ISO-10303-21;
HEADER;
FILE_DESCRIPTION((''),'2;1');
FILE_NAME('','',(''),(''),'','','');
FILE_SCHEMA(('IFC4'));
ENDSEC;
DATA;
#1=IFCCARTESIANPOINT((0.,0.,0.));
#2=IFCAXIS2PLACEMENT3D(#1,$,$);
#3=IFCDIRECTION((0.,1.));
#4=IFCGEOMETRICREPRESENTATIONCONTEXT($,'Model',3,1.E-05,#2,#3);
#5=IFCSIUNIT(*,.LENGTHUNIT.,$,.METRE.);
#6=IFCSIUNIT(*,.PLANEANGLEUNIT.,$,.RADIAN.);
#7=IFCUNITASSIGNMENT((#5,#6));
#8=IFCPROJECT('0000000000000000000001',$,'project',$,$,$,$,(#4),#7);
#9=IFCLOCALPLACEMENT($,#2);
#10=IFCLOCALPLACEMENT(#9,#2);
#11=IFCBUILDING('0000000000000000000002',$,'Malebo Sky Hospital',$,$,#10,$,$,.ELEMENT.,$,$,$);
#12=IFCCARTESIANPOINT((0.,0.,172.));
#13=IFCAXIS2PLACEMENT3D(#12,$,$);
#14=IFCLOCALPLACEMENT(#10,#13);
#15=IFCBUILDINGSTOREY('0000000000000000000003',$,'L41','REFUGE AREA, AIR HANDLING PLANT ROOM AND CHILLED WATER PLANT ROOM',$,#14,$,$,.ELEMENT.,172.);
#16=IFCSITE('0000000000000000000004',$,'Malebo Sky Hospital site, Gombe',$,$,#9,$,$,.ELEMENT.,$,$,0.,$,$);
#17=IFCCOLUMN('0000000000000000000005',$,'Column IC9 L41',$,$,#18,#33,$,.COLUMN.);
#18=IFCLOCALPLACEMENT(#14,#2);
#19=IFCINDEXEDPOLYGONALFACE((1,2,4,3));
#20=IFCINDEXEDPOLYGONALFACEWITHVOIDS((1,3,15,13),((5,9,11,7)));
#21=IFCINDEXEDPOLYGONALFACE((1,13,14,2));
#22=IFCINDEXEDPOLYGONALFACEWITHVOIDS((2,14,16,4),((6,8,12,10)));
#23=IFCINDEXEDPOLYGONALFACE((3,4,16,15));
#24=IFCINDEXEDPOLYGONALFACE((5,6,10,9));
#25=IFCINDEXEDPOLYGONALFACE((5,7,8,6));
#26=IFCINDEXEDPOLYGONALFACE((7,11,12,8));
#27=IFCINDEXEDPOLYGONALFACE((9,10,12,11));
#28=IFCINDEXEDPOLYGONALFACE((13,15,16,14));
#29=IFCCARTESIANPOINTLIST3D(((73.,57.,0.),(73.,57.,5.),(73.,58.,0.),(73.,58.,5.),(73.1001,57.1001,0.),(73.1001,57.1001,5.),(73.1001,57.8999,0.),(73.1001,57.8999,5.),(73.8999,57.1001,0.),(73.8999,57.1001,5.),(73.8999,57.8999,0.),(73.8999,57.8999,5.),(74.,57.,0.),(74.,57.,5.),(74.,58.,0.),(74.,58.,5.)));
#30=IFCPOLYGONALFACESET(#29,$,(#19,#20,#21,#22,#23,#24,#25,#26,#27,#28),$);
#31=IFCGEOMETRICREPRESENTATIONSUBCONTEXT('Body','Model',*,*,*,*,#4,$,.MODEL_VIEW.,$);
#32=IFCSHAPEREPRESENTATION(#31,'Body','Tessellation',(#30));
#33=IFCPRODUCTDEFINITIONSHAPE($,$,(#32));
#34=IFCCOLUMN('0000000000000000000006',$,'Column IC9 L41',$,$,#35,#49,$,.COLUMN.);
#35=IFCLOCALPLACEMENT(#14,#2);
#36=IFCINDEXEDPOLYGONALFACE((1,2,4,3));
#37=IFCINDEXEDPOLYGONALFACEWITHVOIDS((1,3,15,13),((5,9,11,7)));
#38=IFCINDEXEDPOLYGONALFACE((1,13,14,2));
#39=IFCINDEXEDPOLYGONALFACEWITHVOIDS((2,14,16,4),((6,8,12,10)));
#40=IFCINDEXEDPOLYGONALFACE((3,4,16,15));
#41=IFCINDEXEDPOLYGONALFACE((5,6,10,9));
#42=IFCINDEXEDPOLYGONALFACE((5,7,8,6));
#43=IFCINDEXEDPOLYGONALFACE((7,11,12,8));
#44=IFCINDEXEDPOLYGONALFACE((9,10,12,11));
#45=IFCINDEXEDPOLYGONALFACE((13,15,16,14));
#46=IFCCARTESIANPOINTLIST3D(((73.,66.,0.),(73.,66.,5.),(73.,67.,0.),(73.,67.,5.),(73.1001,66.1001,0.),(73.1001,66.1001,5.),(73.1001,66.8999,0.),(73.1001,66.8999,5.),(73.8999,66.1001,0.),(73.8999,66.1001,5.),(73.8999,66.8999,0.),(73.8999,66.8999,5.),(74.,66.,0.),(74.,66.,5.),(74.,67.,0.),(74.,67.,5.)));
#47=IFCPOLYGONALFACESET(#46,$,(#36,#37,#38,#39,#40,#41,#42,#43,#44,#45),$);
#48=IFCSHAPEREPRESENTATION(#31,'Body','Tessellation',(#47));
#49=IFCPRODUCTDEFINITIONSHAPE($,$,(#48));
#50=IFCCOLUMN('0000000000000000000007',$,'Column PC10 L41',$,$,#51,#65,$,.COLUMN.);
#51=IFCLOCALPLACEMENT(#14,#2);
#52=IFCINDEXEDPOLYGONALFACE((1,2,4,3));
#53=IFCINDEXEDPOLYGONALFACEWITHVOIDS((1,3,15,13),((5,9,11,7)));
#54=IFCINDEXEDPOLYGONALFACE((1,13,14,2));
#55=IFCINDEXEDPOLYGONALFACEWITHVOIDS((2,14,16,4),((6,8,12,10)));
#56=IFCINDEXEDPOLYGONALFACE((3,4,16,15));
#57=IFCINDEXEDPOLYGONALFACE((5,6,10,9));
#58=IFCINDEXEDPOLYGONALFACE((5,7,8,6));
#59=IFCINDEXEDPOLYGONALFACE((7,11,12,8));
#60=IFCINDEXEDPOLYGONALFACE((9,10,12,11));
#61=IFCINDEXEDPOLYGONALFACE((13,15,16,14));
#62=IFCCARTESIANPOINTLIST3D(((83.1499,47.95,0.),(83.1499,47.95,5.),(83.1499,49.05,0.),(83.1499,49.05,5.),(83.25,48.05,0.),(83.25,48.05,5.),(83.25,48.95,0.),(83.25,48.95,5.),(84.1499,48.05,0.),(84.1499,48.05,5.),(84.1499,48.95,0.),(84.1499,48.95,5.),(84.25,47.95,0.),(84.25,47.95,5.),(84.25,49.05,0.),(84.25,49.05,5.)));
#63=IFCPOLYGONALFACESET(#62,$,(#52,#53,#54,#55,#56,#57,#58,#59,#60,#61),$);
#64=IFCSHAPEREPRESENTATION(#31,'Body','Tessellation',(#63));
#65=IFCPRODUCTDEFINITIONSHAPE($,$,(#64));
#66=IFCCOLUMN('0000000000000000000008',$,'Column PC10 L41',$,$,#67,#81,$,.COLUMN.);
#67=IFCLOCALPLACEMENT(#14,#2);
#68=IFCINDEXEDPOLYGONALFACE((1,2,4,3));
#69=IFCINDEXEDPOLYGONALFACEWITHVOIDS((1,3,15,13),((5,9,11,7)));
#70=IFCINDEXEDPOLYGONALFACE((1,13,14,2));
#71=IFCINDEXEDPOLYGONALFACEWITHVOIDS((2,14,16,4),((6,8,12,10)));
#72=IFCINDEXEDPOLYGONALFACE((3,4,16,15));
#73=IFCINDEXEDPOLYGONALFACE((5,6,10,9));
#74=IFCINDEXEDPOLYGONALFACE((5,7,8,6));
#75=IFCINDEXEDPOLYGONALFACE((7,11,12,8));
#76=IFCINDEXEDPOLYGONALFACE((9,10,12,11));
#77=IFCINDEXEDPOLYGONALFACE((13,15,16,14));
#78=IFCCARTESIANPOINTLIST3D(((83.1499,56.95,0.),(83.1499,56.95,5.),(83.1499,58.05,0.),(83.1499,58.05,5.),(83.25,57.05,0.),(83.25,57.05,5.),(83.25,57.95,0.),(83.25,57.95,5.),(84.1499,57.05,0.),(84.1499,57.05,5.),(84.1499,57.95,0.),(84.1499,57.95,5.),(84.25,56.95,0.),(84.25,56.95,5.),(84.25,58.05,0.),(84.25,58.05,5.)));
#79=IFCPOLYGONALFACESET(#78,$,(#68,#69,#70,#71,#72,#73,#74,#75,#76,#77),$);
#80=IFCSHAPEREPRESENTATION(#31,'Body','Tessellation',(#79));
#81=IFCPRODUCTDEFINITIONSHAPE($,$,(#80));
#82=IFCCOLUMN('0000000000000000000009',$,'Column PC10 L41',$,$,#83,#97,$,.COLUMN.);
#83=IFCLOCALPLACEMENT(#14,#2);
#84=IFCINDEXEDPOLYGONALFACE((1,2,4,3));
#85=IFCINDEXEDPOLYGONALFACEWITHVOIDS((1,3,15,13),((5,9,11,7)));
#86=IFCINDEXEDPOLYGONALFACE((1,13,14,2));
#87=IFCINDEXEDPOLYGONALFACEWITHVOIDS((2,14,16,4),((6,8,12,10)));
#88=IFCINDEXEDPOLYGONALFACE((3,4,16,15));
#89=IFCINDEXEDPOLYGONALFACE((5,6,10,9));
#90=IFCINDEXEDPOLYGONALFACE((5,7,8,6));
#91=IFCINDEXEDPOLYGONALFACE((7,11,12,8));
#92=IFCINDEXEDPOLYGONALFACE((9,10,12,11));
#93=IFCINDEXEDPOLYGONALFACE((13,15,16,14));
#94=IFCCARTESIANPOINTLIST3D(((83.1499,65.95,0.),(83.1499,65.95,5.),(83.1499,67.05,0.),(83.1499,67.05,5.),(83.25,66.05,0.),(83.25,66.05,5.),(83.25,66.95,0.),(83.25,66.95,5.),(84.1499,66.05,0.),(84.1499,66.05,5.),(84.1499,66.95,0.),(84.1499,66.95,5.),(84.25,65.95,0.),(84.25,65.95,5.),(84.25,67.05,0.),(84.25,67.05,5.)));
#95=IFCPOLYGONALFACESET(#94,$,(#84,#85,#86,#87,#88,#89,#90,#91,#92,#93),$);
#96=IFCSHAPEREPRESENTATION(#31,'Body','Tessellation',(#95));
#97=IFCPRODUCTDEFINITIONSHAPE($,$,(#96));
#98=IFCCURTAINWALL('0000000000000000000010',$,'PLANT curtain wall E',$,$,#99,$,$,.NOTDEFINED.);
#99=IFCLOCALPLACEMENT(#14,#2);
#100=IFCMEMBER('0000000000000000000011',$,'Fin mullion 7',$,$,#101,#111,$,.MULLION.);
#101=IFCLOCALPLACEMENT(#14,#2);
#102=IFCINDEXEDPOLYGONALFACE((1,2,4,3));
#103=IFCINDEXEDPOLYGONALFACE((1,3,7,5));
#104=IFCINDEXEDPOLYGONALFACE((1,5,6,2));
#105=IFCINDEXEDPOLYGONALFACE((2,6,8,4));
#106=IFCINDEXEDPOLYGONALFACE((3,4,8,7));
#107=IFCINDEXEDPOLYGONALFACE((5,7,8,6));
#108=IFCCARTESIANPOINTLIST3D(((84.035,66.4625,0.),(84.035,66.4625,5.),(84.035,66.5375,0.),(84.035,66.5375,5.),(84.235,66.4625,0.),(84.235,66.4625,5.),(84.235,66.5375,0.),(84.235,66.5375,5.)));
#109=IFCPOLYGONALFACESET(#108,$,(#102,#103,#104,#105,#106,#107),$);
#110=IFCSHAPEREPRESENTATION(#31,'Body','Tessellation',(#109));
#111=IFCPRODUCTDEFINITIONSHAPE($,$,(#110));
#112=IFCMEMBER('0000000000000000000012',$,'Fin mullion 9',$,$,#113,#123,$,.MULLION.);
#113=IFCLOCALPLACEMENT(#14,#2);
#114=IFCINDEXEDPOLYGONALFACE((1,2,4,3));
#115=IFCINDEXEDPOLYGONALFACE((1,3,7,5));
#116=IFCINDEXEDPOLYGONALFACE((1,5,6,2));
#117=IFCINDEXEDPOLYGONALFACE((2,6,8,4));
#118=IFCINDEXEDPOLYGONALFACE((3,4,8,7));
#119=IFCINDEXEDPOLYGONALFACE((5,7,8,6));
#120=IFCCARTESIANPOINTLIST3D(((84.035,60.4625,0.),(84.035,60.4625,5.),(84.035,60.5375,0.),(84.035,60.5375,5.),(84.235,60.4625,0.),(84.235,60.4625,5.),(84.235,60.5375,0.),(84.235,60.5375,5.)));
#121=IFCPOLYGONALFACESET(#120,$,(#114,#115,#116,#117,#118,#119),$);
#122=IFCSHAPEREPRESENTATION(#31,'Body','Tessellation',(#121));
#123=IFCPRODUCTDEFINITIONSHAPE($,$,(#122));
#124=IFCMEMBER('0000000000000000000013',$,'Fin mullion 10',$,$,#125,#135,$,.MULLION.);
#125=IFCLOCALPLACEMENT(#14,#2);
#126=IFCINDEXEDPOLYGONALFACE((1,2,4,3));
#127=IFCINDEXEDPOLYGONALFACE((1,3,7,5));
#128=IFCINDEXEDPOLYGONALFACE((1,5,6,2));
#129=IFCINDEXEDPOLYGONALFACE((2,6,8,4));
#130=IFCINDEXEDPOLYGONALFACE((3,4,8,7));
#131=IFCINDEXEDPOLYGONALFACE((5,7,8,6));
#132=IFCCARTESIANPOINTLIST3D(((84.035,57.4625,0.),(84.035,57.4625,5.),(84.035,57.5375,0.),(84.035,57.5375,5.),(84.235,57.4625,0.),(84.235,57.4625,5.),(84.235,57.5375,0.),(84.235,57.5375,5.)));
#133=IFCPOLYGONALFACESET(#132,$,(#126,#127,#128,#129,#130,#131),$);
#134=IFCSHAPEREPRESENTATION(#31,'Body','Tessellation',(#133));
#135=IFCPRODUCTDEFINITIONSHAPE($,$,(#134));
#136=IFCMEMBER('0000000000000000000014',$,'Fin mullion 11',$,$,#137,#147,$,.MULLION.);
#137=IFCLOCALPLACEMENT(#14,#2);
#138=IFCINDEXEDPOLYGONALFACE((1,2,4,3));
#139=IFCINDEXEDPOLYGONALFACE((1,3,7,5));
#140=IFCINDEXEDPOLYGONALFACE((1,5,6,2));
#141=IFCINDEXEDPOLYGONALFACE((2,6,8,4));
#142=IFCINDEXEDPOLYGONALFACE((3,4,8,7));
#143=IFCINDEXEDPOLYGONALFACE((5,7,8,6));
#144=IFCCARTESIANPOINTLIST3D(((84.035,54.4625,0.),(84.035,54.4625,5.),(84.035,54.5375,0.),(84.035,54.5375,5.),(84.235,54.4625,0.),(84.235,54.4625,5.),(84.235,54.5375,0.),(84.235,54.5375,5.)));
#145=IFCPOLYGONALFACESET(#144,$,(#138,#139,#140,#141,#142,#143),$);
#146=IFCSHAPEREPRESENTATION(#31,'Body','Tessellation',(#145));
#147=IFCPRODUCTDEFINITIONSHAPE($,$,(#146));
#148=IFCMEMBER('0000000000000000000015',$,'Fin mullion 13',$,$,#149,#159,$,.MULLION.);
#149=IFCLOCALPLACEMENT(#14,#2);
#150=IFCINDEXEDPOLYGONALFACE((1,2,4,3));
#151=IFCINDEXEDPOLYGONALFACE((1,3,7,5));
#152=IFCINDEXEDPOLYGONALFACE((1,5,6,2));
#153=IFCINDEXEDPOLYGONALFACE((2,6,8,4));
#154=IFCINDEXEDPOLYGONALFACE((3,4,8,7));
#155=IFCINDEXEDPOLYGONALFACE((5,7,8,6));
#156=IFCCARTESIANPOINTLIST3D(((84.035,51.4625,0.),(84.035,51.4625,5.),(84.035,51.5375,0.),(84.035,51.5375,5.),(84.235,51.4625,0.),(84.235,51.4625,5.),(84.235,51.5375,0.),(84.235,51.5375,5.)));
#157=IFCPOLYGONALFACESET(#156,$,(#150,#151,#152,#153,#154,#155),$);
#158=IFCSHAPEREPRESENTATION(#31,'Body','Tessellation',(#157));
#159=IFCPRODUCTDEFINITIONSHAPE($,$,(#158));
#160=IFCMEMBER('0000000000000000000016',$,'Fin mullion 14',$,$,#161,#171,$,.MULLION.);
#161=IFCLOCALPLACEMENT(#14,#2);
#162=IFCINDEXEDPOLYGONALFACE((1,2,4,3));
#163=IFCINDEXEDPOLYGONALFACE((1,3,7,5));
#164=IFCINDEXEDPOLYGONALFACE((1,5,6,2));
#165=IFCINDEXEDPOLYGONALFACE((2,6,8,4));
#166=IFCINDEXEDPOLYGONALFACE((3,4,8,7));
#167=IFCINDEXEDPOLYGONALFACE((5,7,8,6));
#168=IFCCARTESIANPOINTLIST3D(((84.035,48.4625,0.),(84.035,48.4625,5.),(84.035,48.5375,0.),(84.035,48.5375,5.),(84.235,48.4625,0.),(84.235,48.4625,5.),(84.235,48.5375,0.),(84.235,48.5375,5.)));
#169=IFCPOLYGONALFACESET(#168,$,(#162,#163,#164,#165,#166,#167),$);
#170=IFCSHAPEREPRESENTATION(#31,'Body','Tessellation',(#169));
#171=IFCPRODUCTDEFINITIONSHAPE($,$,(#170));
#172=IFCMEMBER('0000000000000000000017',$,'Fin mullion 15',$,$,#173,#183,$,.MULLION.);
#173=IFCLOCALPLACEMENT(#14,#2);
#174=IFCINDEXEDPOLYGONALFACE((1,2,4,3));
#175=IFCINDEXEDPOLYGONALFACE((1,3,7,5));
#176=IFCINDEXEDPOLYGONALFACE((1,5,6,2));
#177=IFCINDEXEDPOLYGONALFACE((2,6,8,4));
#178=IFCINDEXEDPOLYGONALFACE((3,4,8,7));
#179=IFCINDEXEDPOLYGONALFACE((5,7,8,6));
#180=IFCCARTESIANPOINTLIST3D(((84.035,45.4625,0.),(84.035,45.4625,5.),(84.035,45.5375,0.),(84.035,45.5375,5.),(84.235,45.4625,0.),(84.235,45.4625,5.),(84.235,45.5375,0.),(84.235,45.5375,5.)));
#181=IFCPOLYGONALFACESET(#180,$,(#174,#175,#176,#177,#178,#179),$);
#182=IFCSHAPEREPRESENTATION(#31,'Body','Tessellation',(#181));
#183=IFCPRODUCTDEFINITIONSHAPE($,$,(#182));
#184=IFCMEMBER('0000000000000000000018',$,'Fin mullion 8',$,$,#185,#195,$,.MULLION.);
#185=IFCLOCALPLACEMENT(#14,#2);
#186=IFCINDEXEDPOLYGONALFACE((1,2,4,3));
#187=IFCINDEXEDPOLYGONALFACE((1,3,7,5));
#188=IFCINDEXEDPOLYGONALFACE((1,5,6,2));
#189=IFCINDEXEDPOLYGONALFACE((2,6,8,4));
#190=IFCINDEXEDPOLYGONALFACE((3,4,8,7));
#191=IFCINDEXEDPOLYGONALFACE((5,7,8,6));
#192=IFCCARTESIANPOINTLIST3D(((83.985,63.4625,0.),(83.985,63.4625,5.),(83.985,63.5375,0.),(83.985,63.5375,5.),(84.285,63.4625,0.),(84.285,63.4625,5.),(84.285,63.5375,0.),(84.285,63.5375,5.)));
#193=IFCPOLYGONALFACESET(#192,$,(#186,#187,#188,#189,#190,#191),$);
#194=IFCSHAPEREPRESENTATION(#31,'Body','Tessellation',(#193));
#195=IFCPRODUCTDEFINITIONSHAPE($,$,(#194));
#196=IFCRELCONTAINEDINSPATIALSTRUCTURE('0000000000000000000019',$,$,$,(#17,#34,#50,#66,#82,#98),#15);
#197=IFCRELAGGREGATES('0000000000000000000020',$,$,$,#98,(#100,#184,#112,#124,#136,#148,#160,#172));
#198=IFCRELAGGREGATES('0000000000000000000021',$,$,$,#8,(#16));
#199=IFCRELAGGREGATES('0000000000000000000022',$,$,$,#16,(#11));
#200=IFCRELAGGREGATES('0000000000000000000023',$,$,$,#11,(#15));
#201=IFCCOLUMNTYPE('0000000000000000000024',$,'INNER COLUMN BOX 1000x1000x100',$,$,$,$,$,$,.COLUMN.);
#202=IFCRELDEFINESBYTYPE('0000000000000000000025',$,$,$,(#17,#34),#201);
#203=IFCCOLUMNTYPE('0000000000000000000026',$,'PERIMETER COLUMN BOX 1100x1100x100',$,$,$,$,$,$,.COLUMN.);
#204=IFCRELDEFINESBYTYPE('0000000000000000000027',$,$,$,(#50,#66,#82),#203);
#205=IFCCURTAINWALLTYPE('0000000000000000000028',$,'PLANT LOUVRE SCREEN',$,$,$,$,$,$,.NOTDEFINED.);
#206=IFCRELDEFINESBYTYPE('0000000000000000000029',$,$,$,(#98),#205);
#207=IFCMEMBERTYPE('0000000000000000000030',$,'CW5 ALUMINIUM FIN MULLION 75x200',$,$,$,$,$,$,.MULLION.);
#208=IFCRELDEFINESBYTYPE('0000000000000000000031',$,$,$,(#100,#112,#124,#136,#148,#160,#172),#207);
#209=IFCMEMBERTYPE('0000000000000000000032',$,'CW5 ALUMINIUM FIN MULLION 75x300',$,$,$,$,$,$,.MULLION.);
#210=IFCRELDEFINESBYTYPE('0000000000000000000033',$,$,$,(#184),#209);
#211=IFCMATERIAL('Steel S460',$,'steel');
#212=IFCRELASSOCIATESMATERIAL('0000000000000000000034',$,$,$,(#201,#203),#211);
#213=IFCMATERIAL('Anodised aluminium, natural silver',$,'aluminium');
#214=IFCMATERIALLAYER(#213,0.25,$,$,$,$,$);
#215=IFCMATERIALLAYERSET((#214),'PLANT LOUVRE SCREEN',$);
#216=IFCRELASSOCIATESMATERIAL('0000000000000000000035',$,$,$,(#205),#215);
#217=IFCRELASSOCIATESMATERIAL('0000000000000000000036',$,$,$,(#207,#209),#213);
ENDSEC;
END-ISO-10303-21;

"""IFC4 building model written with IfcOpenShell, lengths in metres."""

from ifc_helpers import new_model, si_unit, direction, frame, origin, origin_2d, place, context, subcontext, project, spatial, rectangle, hollow_rectangle, extrude, material, layer, layer_set, material_profile, profile_set, type_object, element, aggregate, save


model = new_model("IFC4")

# Units and contexts
model_context = context("Model", 3, precision=1e-05, world=origin(), true_north=direction((0.0, 1.0)))
body_context = subcontext(model_context, "Body", "Model", "MODEL_VIEW")
ifc_project = project(units=[si_unit("LENGTHUNIT", "METRE"), si_unit("PLANEANGLEUNIT", "RADIAN")], contexts=[model_context])

# Site, building, storey
site_placement = place(None, origin())
site = spatial("IfcSite", under=ifc_project, at=site_placement, Name="Malebo Sky Hospital site, Gombe", CompositionType="ELEMENT", RefElevation=0.0)
building_placement = place(site_placement, origin())
building = spatial("IfcBuilding", under=site, at=building_placement, Name="Malebo Sky Hospital", CompositionType="ELEMENT")
storey_placement = place(building_placement, frame((0.0, 0.0, 172.0)))
storey = spatial("IfcBuildingStorey", under=building, at=storey_placement, Name="L41", Description="REFUGE AREA, AIR HANDLING PLANT ROOM AND CHILLED WATER PLANT ROOM", CompositionType="ELEMENT", Elevation=172.0)

# Columns
ifc_material_1 = material(Name="Steel S460", Category="steel")
ifc_material_profile_1 = material_profile(ifc_material_1, hollow_rectangle(XDim=1.0, YDim=1.0, WallThickness=0.1001, at=origin_2d()), Name="BOX 1000x1000x100")
ifc_profile_set_1 = profile_set([ifc_material_profile_1], Name="Steel S460")
column_type_1 = type_object("IfcColumnType", Name="INNER COLUMN BOX 1000x1000x100", PredefinedType="COLUMN", material=ifc_profile_set_1)
for number, where, z_axis, x_axis, name in (
    (1, (73.5, 57.5, 0.0), (0.0, 0.0, 1.0), (1.0, 0.0, 0.0), "Column IC9 L41"),
    (2, (73.5, 66.5, 0.0), (0.0, 0.0, 1.0), (1.0, 0.0, 0.0), "Column IC9 L41"),
):
    element("IfcColumn", number, at=place(storey_placement, frame(where, z_axis=z_axis, x_axis=x_axis)), inside=storey, type_object=column_type_1, Name=name, PredefinedType="COLUMN", context=body_context, shape_type="SweptSolid", body=[
        extrude(hollow_rectangle(XDim=1.0, YDim=1.0, WallThickness=0.1001, at=origin_2d()), origin(), (0.0, 0.0, 1.0), 5.0),
    ])
ifc_material_profile_2 = material_profile(ifc_material_1, hollow_rectangle(XDim=1.1001, YDim=1.1001, WallThickness=0.1001, at=origin_2d()), Name="BOX 1100x1100x100")
ifc_profile_set_2 = profile_set([ifc_material_profile_2], Name="Steel S460")
column_type_2 = type_object("IfcColumnType", Name="PERIMETER COLUMN BOX 1100x1100x100", PredefinedType="COLUMN", material=ifc_profile_set_2)
for number, where, z_axis, x_axis, name in (
    (3, (83.7, 48.5, 0.0), (0.0, 0.0, 1.0), (1.0, 0.0, 0.0), "Column PC10 L41"),
    (4, (83.7, 57.5, 0.0), (0.0, 0.0, 1.0), (1.0, 0.0, 0.0), "Column PC10 L41"),
    (5, (83.7, 66.5, 0.0), (0.0, 0.0, 1.0), (1.0, 0.0, 0.0), "Column PC10 L41"),
):
    element("IfcColumn", number, at=place(storey_placement, frame(where, z_axis=z_axis, x_axis=x_axis)), inside=storey, type_object=column_type_2, Name=name, PredefinedType="COLUMN", context=body_context, shape_type="SweptSolid", body=[
        extrude(hollow_rectangle(XDim=1.1001, YDim=1.1001, WallThickness=0.1001, at=origin_2d()), origin(), (0.0, 0.0, 1.0), 5.0),
    ])

# Curtain wall, members
ifc_material_2 = material(Name="Anodised aluminium, natural silver", Category="aluminium")
ifc_layer_1 = layer(ifc_material_2, 0.25)
ifc_layer_set_1 = layer_set([ifc_layer_1], Name="PLANT LOUVRE SCREEN")
curtain_wall_type = type_object("IfcCurtainWallType", Name="PLANT LOUVRE SCREEN", PredefinedType="NOTDEFINED", material=ifc_layer_set_1)
curtain_wall_placement = place(storey_placement, origin())
curtain_wall = element("IfcCurtainWall", 6, at=curtain_wall_placement, inside=storey, type_object=curtain_wall_type, Name="PLANT curtain wall E", PredefinedType="NOTDEFINED")
ifc_material_profile_3 = material_profile(ifc_material_2, rectangle(XDim=0.075, YDim=0.2, at=origin_2d()), Name="CW5 ALUMINIUM FIN MULLION 75x200")
ifc_profile_set_3 = profile_set([ifc_material_profile_3], Name="Anodised aluminium, natural silver")
member_type_1 = type_object("IfcMemberType", Name="CW5 ALUMINIUM FIN MULLION 75x200", PredefinedType="MULLION", material=ifc_profile_set_3)
member_1_placement = place(storey_placement, frame((84.135, 66.5, 0.0), z_axis=(0.0, 0.0, 1.0), x_axis=(0.0, -1.0, 0.0)))
member_1 = element("IfcMember", 7, at=member_1_placement, type_object=member_type_1, Name="Fin mullion 7", PredefinedType="MULLION", context=body_context, shape_type="SweptSolid", body=[
    extrude(rectangle(XDim=0.075, YDim=0.2, at=origin_2d()), origin(), (0.0, 0.0, 1.0), 5.0),
])
member_2_placement = place(storey_placement, frame((84.135, 60.5, 0.0), z_axis=(0.0, 0.0, 1.0), x_axis=(0.0, -1.0, 0.0)))
member_2 = element("IfcMember", 8, at=member_2_placement, type_object=member_type_1, Name="Fin mullion 9", PredefinedType="MULLION", context=body_context, shape_type="SweptSolid", body=[
    extrude(rectangle(XDim=0.075, YDim=0.2, at=origin_2d()), origin(), (0.0, 0.0, 1.0), 5.0),
])
member_3_placement = place(storey_placement, frame((84.135, 57.5, 0.0), z_axis=(0.0, 0.0, 1.0), x_axis=(0.0, -1.0, 0.0)))
member_3 = element("IfcMember", 9, at=member_3_placement, type_object=member_type_1, Name="Fin mullion 10", PredefinedType="MULLION", context=body_context, shape_type="SweptSolid", body=[
    extrude(rectangle(XDim=0.075, YDim=0.2, at=origin_2d()), origin(), (0.0, 0.0, 1.0), 5.0),
])
member_4_placement = place(storey_placement, frame((84.135, 54.5, 0.0), z_axis=(0.0, 0.0, 1.0), x_axis=(0.0, -1.0, 0.0)))
member_4 = element("IfcMember", 10, at=member_4_placement, type_object=member_type_1, Name="Fin mullion 11", PredefinedType="MULLION", context=body_context, shape_type="SweptSolid", body=[
    extrude(rectangle(XDim=0.075, YDim=0.2, at=origin_2d()), origin(), (0.0, 0.0, 1.0), 5.0),
])
member_5_placement = place(storey_placement, frame((84.135, 51.5, 0.0), z_axis=(0.0, 0.0, 1.0), x_axis=(0.0, -1.0, 0.0)))
member_5 = element("IfcMember", 11, at=member_5_placement, type_object=member_type_1, Name="Fin mullion 13", PredefinedType="MULLION", context=body_context, shape_type="SweptSolid", body=[
    extrude(rectangle(XDim=0.075, YDim=0.2, at=origin_2d()), origin(), (0.0, 0.0, 1.0), 5.0),
])
member_6_placement = place(storey_placement, frame((84.135, 48.5, 0.0), z_axis=(0.0, 0.0, 1.0), x_axis=(0.0, -1.0, 0.0)))
member_6 = element("IfcMember", 12, at=member_6_placement, type_object=member_type_1, Name="Fin mullion 14", PredefinedType="MULLION", context=body_context, shape_type="SweptSolid", body=[
    extrude(rectangle(XDim=0.075, YDim=0.2, at=origin_2d()), origin(), (0.0, 0.0, 1.0), 5.0),
])
member_7_placement = place(storey_placement, frame((84.135, 45.5, 0.0), z_axis=(0.0, 0.0, 1.0), x_axis=(0.0, -1.0, 0.0)))
member_7 = element("IfcMember", 13, at=member_7_placement, type_object=member_type_1, Name="Fin mullion 15", PredefinedType="MULLION", context=body_context, shape_type="SweptSolid", body=[
    extrude(rectangle(XDim=0.075, YDim=0.2, at=origin_2d()), origin(), (0.0, 0.0, 1.0), 5.0),
])
ifc_material_profile_4 = material_profile(ifc_material_2, rectangle(XDim=0.075, YDim=0.3, at=origin_2d()), Name="CW5 ALUMINIUM FIN MULLION 75x300")
ifc_profile_set_4 = profile_set([ifc_material_profile_4], Name="Anodised aluminium, natural silver")
member_type_2 = type_object("IfcMemberType", Name="CW5 ALUMINIUM FIN MULLION 75x300", PredefinedType="MULLION", material=ifc_profile_set_4)
member_8_placement = place(storey_placement, frame((84.135, 63.5, 0.0), z_axis=(0.0, 0.0, 1.0), x_axis=(0.0, -1.0, 0.0)))
member_8 = element("IfcMember", 14, at=member_8_placement, type_object=member_type_2, Name="Fin mullion 8", PredefinedType="MULLION", context=body_context, shape_type="SweptSolid", body=[
    extrude(rectangle(XDim=0.075, YDim=0.3, at=origin_2d()), origin(), (0.0, 0.0, 1.0), 5.0),
])
aggregate(curtain_wall, [member_1, member_8, member_2, member_3, member_4, member_5, member_6, member_7])

save(model, "model.ifc")
